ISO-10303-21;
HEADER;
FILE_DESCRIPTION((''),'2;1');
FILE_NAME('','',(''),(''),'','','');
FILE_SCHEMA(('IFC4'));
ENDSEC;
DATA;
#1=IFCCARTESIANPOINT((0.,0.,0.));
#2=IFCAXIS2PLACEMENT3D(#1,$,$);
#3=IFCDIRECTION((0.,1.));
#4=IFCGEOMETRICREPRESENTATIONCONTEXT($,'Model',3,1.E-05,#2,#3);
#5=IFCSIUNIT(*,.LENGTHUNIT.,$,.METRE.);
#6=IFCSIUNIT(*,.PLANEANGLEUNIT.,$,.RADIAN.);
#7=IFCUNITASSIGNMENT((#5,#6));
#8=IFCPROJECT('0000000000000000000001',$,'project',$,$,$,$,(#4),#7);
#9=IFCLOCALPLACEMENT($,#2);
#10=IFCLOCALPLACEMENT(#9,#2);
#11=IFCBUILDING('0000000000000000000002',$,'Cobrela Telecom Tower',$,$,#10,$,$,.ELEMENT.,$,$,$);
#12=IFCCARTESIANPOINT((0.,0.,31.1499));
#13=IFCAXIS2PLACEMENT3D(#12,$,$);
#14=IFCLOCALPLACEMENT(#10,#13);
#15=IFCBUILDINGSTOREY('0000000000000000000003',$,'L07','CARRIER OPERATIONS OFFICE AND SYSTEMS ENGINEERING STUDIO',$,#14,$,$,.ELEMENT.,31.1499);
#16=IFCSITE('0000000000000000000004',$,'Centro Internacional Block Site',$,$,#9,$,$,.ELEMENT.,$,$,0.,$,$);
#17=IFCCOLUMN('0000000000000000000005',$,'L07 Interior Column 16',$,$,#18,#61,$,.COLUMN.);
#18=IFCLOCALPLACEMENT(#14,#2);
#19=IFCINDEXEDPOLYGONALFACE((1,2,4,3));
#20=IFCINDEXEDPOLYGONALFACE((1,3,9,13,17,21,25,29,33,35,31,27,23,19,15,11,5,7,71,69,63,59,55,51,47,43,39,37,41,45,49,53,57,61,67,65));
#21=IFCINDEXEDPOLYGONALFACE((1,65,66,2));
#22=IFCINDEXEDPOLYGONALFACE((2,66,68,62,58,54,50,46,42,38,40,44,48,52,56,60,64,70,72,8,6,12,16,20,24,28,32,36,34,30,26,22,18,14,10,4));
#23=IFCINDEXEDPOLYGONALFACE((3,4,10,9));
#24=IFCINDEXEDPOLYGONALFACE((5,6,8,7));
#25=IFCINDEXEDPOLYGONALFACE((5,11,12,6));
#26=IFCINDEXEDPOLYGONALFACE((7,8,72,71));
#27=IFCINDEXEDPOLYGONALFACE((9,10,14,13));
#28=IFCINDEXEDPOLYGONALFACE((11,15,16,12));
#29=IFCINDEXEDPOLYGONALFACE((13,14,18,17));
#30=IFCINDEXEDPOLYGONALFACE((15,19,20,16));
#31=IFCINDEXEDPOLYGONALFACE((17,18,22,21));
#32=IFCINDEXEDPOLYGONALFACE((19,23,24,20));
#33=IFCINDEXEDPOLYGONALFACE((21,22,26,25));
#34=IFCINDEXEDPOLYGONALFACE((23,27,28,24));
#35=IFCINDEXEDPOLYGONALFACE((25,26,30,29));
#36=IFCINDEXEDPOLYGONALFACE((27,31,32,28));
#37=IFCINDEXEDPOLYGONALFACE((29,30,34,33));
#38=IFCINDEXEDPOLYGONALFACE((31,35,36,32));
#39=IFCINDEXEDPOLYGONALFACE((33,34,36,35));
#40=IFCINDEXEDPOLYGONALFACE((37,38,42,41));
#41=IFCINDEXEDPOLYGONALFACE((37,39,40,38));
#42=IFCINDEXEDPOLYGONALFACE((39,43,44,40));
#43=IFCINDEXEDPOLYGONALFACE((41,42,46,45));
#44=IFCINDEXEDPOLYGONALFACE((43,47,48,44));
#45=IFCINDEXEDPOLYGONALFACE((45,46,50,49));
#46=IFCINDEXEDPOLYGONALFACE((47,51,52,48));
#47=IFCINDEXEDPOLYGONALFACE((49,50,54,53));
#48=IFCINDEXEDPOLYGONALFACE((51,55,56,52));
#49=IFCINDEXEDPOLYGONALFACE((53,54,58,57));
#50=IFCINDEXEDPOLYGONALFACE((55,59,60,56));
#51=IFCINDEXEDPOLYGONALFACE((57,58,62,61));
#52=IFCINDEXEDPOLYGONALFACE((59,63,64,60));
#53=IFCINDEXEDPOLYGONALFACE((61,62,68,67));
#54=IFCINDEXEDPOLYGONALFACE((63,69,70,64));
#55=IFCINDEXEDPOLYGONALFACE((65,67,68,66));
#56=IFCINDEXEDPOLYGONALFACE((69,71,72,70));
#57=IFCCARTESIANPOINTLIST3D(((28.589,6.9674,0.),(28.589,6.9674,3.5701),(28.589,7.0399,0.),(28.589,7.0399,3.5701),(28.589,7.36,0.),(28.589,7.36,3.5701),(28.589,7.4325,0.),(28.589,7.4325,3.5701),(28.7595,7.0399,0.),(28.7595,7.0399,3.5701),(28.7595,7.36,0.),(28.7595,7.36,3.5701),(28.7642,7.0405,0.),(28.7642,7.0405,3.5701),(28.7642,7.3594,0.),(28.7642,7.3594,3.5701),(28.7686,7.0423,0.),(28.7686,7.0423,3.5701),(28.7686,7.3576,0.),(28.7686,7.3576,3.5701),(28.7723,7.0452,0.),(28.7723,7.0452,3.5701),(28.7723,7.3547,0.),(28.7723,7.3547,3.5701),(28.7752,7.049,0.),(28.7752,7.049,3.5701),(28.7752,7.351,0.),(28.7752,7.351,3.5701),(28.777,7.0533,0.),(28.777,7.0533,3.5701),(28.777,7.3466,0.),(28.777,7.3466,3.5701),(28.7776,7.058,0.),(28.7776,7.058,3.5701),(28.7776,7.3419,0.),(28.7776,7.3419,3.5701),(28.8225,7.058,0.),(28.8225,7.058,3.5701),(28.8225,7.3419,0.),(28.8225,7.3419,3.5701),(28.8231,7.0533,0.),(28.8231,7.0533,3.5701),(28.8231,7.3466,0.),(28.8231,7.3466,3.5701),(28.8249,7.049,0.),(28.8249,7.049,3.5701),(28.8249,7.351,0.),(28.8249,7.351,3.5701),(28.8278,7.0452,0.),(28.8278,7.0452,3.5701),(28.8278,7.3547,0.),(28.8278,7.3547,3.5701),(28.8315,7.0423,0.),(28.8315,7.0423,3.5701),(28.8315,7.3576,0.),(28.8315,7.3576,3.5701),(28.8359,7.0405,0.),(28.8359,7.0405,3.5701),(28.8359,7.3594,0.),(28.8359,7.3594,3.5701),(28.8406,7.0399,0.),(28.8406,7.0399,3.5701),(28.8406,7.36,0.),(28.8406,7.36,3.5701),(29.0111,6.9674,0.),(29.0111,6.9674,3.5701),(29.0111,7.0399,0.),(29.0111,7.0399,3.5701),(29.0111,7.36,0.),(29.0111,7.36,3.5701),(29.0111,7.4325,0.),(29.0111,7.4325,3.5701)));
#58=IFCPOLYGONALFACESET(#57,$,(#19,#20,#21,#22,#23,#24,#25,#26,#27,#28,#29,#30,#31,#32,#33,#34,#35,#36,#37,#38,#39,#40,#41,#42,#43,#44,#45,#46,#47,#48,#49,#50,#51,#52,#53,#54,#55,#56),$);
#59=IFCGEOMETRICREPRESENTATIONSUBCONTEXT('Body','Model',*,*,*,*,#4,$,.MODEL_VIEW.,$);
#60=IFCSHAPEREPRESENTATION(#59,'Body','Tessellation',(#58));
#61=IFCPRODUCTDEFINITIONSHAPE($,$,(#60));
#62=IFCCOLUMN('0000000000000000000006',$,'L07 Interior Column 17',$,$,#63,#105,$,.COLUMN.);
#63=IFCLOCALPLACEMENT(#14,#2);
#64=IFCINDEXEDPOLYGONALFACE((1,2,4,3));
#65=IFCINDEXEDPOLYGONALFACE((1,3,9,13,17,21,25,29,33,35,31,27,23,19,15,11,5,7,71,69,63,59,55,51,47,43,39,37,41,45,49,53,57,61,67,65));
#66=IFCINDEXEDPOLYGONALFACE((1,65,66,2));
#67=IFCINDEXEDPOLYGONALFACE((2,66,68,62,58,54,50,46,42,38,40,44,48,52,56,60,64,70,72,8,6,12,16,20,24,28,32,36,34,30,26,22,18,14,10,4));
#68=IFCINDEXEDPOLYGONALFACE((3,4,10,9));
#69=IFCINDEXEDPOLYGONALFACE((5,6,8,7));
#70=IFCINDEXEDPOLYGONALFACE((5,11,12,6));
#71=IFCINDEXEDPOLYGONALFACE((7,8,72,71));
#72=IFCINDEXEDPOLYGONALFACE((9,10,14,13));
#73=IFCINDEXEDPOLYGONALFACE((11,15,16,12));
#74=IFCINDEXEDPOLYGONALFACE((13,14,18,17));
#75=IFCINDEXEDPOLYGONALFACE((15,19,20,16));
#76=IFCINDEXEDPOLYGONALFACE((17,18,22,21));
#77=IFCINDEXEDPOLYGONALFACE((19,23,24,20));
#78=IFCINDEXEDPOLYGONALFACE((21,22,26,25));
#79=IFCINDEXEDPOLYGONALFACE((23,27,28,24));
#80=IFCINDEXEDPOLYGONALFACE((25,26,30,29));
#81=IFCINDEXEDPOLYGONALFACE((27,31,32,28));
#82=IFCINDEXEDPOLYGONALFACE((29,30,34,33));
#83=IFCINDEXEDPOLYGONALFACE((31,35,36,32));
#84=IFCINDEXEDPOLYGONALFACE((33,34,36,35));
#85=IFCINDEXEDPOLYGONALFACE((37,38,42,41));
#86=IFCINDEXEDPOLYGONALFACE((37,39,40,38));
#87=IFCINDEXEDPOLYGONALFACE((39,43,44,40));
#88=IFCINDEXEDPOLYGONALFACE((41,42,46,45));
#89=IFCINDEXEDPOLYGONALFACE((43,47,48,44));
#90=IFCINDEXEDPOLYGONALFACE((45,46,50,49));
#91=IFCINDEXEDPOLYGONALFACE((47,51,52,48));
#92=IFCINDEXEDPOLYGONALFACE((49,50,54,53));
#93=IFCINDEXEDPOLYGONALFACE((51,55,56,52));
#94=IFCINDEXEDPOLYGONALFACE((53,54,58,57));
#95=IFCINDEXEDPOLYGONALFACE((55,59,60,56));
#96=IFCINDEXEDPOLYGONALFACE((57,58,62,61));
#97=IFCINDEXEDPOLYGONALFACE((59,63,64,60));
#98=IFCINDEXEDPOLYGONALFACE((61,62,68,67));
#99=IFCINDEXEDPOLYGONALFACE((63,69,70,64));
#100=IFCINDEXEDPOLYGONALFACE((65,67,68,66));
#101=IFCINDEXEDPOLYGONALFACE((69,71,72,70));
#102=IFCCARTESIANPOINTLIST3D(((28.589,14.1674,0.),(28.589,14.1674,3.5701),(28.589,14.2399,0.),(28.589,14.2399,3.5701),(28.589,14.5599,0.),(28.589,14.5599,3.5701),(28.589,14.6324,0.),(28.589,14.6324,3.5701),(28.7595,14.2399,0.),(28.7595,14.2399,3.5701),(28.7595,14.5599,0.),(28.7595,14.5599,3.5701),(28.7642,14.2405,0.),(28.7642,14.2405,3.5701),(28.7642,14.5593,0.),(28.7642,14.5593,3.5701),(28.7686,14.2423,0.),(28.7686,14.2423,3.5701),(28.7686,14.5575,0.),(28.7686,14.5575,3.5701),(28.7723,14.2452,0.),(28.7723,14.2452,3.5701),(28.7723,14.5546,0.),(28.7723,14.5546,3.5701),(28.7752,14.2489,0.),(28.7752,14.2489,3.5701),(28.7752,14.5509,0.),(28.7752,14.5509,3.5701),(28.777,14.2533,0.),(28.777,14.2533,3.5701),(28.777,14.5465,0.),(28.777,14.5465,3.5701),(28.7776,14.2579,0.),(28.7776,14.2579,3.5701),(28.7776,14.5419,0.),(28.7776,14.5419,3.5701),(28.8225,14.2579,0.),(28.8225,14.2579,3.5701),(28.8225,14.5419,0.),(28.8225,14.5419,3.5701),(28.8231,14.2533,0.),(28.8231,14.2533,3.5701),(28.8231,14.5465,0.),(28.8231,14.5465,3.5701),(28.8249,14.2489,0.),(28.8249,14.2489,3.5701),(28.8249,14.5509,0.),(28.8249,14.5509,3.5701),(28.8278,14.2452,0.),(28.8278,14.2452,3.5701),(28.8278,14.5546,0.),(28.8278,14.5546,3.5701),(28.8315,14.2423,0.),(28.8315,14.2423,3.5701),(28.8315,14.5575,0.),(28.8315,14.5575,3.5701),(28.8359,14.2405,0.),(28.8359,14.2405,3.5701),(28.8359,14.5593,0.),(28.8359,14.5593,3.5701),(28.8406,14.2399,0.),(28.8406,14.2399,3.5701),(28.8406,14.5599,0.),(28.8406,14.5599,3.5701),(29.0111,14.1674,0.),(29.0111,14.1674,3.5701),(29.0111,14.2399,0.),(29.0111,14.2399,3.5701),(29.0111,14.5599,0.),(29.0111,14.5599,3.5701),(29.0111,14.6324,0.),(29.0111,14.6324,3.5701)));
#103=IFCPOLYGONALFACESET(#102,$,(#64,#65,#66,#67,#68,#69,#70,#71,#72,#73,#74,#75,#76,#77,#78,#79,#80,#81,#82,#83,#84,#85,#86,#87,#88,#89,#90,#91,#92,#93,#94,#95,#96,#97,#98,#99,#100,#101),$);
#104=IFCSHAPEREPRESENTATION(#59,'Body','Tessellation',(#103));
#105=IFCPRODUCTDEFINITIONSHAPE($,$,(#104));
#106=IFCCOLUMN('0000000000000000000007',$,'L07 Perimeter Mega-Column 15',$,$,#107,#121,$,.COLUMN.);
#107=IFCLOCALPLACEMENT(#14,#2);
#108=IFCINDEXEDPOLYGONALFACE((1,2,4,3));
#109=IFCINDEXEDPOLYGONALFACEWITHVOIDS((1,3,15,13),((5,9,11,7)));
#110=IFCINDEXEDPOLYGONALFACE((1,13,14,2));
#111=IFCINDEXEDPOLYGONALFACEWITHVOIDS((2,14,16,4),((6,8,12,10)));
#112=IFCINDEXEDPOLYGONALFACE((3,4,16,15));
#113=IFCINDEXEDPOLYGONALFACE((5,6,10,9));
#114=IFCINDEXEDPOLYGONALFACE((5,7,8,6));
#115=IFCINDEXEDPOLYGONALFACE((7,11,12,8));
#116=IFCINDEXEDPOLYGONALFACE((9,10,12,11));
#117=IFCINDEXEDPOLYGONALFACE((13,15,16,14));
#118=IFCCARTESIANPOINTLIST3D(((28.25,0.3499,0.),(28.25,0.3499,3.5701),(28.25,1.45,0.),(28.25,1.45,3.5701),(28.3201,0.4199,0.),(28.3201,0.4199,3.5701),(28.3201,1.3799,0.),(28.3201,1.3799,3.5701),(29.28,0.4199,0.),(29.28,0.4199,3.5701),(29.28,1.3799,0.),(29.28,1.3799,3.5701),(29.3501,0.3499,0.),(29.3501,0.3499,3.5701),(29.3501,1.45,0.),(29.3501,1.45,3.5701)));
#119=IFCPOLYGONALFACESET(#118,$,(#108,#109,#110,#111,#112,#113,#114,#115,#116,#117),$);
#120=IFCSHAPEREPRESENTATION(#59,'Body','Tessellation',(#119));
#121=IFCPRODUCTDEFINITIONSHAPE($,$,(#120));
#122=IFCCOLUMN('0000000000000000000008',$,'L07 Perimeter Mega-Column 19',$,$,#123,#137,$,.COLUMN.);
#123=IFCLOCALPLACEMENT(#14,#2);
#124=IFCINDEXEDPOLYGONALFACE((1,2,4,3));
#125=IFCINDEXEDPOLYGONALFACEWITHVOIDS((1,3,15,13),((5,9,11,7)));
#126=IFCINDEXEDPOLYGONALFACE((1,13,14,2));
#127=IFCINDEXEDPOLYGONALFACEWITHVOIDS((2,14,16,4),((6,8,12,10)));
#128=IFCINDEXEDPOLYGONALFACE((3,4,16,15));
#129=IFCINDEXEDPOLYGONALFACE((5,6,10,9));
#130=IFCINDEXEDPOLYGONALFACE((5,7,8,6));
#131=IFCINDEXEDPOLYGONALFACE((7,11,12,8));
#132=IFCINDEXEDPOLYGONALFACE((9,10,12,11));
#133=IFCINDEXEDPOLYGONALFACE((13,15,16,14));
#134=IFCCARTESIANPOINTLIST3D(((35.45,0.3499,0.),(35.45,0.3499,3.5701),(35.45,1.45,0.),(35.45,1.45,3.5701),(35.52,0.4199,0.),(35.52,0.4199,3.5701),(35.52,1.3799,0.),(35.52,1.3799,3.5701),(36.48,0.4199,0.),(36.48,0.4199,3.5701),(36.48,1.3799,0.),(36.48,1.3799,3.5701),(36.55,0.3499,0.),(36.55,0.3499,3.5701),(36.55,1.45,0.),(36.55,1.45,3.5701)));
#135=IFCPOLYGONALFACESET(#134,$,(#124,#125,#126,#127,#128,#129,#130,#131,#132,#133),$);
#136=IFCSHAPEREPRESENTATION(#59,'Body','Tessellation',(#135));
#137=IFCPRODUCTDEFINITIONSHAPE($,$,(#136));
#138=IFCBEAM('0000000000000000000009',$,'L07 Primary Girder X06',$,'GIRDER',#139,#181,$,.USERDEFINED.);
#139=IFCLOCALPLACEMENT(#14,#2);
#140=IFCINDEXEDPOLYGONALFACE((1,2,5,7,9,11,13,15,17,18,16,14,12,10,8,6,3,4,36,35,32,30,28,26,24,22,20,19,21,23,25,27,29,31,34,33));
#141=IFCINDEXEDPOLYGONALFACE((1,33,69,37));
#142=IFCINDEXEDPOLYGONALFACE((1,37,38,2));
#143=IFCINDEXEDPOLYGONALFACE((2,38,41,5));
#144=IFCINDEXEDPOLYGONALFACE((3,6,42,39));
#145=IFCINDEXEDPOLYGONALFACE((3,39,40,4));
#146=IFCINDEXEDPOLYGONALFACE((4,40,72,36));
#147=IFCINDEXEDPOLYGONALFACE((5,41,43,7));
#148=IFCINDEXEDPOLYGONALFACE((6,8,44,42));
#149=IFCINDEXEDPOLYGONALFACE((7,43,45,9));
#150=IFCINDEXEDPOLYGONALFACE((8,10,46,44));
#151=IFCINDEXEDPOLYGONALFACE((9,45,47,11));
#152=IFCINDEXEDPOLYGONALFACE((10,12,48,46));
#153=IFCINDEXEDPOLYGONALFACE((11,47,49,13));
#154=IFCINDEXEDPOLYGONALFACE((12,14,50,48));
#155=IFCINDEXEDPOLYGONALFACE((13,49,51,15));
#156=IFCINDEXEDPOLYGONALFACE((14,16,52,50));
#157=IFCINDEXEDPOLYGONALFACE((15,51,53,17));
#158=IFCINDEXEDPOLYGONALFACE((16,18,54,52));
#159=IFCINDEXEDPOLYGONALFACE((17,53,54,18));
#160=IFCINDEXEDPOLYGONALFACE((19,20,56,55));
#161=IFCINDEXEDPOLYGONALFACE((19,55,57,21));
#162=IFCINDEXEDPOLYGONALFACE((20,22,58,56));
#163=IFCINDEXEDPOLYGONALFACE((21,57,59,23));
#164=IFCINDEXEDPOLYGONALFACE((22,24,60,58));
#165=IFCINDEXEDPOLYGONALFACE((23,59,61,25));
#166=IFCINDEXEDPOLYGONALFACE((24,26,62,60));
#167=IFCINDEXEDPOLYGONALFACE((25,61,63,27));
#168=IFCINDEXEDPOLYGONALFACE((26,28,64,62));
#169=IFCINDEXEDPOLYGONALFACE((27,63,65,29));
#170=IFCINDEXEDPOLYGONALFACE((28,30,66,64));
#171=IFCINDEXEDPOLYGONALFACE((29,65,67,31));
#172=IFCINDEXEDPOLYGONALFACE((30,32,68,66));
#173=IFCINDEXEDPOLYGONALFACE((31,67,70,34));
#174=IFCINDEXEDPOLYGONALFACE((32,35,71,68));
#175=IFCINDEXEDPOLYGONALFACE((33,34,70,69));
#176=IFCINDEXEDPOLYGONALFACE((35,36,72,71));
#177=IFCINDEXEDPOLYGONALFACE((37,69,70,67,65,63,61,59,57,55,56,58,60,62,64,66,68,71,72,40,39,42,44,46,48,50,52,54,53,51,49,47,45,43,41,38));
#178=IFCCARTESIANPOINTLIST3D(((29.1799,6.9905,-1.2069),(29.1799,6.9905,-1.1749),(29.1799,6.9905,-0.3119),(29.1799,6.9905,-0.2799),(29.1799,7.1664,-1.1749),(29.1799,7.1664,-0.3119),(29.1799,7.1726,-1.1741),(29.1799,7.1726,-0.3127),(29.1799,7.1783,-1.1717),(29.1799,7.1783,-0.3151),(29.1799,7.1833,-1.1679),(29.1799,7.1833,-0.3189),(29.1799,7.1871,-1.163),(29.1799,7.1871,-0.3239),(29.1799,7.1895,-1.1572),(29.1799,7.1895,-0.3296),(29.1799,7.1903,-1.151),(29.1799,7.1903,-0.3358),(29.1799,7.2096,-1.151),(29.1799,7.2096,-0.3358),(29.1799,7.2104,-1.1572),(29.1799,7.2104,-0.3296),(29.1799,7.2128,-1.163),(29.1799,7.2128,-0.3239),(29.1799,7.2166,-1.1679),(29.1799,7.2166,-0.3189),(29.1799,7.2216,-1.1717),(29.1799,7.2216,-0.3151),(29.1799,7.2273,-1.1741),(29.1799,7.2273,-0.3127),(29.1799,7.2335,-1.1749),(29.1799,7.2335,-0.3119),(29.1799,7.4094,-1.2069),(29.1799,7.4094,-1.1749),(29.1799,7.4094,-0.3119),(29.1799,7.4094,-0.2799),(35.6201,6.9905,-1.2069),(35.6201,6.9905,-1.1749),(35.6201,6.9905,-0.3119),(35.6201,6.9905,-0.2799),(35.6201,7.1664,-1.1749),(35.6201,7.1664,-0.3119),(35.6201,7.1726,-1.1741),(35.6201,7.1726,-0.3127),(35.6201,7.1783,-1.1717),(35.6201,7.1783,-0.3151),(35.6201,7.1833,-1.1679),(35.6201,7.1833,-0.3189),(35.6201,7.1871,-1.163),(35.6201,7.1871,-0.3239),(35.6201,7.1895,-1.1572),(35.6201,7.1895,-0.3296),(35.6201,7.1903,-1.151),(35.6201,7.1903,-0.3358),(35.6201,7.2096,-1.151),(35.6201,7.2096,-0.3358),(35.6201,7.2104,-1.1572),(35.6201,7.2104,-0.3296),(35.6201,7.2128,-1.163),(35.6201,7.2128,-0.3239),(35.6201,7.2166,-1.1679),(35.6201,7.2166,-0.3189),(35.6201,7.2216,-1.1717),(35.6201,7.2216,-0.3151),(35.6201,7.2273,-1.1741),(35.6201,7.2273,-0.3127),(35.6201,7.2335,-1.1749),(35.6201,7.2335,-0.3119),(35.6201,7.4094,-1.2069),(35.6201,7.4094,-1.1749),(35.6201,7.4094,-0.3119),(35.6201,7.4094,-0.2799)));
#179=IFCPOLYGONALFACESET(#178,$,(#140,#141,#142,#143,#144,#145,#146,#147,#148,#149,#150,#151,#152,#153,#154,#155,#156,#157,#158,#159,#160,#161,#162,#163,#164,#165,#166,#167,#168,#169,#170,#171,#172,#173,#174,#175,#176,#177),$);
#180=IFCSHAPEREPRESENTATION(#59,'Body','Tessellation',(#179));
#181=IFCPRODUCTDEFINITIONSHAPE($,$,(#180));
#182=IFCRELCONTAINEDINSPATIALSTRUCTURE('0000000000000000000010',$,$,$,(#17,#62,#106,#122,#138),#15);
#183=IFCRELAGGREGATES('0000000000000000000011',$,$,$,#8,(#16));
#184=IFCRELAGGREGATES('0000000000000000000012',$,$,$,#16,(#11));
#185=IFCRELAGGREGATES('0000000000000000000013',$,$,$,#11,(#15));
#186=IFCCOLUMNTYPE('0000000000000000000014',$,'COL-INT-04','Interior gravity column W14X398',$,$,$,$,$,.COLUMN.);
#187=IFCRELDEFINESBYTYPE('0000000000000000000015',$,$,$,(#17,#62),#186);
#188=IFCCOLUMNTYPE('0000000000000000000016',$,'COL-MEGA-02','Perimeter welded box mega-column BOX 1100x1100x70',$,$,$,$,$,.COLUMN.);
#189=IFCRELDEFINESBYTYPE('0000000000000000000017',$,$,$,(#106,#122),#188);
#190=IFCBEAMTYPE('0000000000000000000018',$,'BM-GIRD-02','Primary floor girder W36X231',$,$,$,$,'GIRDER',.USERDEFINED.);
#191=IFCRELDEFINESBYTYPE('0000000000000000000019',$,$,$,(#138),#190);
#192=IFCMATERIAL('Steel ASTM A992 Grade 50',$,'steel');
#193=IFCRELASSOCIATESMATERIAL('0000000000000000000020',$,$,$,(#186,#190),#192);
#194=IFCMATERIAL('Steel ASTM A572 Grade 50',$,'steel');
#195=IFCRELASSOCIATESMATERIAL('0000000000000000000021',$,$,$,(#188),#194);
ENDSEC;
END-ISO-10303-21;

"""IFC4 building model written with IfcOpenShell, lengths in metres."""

from ifc_helpers import new_model, si_unit, direction, frame, origin, origin_2d, place, context, subcontext, project, spatial, hollow_rectangle, i_section, extrude, material, material_profile, profile_set, type_object, element, save


model = new_model("IFC4")

# Units and contexts
model_context = context("Model", 3, precision=1e-05, world=origin(), true_north=direction((0.0, 1.0)))
body_context = subcontext(model_context, "Body", "Model", "MODEL_VIEW")
ifc_project = project(units=[si_unit("LENGTHUNIT", "METRE"), si_unit("PLANEANGLEUNIT", "RADIAN")], contexts=[model_context])

# Site, building, storey
site_placement = place(None, origin())
site = spatial("IfcSite", under=ifc_project, at=site_placement, Name="Centro Internacional Block Site", CompositionType="ELEMENT", RefElevation=0.0)
building_placement = place(site_placement, origin())
building = spatial("IfcBuilding", under=site, at=building_placement, Name="Cobrela Telecom Tower", CompositionType="ELEMENT")
storey_placement = place(building_placement, frame((0.0, 0.0, 31.1499)))
storey = spatial("IfcBuildingStorey", under=building, at=storey_placement, Name="L07", Description="CARRIER OPERATIONS OFFICE AND SYSTEMS ENGINEERING STUDIO", CompositionType="ELEMENT", Elevation=31.1499)

# Columns
ifc_material_1 = material(Name="Steel ASTM A992 Grade 50", Category="steel")
ifc_material_profile_1 = material_profile(ifc_material_1, i_section(OverallWidth=0.4221, OverallDepth=0.4651, WebThickness=0.0449, FlangeThickness=0.0725, FilletRadius=0.0181, at=origin_2d()), Name="W14X398")
ifc_profile_set_1 = profile_set([ifc_material_profile_1], Name="Steel ASTM A992 Grade 50")
column_type_1 = type_object("IfcColumnType", Name="COL-INT-04", Description="Interior gravity column W14X398", PredefinedType="COLUMN", material=ifc_profile_set_1)
for number, where, z_axis, x_axis, name in (
    (1, (28.8, 7.2, 0.0), (0.0, 0.0, 1.0), (1.0, 0.0, 0.0), "L07 Interior Column 16"),
    (2, (28.8, 14.3999, 0.0), (0.0, 0.0, 1.0), (1.0, 0.0, 0.0), "L07 Interior Column 17"),
):
    element("IfcColumn", number, at=place(storey_placement, frame(where, z_axis=z_axis, x_axis=x_axis)), inside=storey, type_object=column_type_1, Name=name, PredefinedType="COLUMN", context=body_context, shape_type="SweptSolid", body=[
        extrude(i_section(OverallWidth=0.4221, OverallDepth=0.4651, WebThickness=0.0449, FlangeThickness=0.0725, FilletRadius=0.0181, at=origin_2d()), origin(), (0.0, 0.0, 1.0), 3.5701),
    ])
ifc_material_2 = material(Name="Steel ASTM A572 Grade 50", Category="steel")
ifc_material_profile_2 = material_profile(ifc_material_2, hollow_rectangle(XDim=1.1001, YDim=1.1001, WallThickness=0.0701, at=origin_2d()), Name="BOX 1100x1100x70")
ifc_profile_set_2 = profile_set([ifc_material_profile_2], Name="Steel ASTM A572 Grade 50")
column_type_2 = type_object("IfcColumnType", Name="COL-MEGA-02", Description="Perimeter welded box mega-column BOX 1100x1100x70", PredefinedType="COLUMN", material=ifc_profile_set_2)
for number, where, z_axis, x_axis, name in (
    (3, (28.8, 0.8999, 0.0), (0.0, 0.0, 1.0), (1.0, 0.0, 0.0), "L07 Perimeter Mega-Column 15"),
    (4, (36.0, 0.8999, 0.0), (0.0, 0.0, 1.0), (1.0, 0.0, 0.0), "L07 Perimeter Mega-Column 19"),
):
    element("IfcColumn", number, at=place(storey_placement, frame(where, z_axis=z_axis, x_axis=x_axis)), inside=storey, type_object=column_type_2, Name=name, PredefinedType="COLUMN", context=body_context, shape_type="SweptSolid", body=[
        extrude(hollow_rectangle(XDim=1.1001, YDim=1.1001, WallThickness=0.0701, at=origin_2d()), origin(), (0.0, 0.0, 1.0), 3.5701),
    ])

# Beam
ifc_material_profile_3 = material_profile(ifc_material_1, i_section(OverallWidth=0.4189, OverallDepth=0.927, WebThickness=0.0193, FlangeThickness=0.032, FilletRadius=0.0239, at=origin_2d()), Name="W36X231")
ifc_profile_set_3 = profile_set([ifc_material_profile_3], Name="Steel ASTM A992 Grade 50")
beam_type_1 = type_object("IfcBeamType", Name="BM-GIRD-02", Description="Primary floor girder W36X231", ElementType="GIRDER", PredefinedType="USERDEFINED", material=ifc_profile_set_3)
for number, where, z_axis, x_axis, name in (
    (5, (29.1799, 7.2, -0.7434), (1.0, 0.0, 0.0), (0.0, 1.0, 0.0), "L07 Primary Girder X06"),
):
    element("IfcBeam", number, at=place(storey_placement, frame(where, z_axis=z_axis, x_axis=x_axis)), inside=storey, type_object=beam_type_1, Name=name, ObjectType="GIRDER", PredefinedType="USERDEFINED", context=body_context, shape_type="SweptSolid", body=[
        extrude(i_section(OverallWidth=0.4189, OverallDepth=0.927, WebThickness=0.0193, FlangeThickness=0.032, FilletRadius=0.0239, at=origin_2d()), origin(), (0.0, 0.0, 1.0), 6.4402),
    ])

save(model, "model.ifc")
